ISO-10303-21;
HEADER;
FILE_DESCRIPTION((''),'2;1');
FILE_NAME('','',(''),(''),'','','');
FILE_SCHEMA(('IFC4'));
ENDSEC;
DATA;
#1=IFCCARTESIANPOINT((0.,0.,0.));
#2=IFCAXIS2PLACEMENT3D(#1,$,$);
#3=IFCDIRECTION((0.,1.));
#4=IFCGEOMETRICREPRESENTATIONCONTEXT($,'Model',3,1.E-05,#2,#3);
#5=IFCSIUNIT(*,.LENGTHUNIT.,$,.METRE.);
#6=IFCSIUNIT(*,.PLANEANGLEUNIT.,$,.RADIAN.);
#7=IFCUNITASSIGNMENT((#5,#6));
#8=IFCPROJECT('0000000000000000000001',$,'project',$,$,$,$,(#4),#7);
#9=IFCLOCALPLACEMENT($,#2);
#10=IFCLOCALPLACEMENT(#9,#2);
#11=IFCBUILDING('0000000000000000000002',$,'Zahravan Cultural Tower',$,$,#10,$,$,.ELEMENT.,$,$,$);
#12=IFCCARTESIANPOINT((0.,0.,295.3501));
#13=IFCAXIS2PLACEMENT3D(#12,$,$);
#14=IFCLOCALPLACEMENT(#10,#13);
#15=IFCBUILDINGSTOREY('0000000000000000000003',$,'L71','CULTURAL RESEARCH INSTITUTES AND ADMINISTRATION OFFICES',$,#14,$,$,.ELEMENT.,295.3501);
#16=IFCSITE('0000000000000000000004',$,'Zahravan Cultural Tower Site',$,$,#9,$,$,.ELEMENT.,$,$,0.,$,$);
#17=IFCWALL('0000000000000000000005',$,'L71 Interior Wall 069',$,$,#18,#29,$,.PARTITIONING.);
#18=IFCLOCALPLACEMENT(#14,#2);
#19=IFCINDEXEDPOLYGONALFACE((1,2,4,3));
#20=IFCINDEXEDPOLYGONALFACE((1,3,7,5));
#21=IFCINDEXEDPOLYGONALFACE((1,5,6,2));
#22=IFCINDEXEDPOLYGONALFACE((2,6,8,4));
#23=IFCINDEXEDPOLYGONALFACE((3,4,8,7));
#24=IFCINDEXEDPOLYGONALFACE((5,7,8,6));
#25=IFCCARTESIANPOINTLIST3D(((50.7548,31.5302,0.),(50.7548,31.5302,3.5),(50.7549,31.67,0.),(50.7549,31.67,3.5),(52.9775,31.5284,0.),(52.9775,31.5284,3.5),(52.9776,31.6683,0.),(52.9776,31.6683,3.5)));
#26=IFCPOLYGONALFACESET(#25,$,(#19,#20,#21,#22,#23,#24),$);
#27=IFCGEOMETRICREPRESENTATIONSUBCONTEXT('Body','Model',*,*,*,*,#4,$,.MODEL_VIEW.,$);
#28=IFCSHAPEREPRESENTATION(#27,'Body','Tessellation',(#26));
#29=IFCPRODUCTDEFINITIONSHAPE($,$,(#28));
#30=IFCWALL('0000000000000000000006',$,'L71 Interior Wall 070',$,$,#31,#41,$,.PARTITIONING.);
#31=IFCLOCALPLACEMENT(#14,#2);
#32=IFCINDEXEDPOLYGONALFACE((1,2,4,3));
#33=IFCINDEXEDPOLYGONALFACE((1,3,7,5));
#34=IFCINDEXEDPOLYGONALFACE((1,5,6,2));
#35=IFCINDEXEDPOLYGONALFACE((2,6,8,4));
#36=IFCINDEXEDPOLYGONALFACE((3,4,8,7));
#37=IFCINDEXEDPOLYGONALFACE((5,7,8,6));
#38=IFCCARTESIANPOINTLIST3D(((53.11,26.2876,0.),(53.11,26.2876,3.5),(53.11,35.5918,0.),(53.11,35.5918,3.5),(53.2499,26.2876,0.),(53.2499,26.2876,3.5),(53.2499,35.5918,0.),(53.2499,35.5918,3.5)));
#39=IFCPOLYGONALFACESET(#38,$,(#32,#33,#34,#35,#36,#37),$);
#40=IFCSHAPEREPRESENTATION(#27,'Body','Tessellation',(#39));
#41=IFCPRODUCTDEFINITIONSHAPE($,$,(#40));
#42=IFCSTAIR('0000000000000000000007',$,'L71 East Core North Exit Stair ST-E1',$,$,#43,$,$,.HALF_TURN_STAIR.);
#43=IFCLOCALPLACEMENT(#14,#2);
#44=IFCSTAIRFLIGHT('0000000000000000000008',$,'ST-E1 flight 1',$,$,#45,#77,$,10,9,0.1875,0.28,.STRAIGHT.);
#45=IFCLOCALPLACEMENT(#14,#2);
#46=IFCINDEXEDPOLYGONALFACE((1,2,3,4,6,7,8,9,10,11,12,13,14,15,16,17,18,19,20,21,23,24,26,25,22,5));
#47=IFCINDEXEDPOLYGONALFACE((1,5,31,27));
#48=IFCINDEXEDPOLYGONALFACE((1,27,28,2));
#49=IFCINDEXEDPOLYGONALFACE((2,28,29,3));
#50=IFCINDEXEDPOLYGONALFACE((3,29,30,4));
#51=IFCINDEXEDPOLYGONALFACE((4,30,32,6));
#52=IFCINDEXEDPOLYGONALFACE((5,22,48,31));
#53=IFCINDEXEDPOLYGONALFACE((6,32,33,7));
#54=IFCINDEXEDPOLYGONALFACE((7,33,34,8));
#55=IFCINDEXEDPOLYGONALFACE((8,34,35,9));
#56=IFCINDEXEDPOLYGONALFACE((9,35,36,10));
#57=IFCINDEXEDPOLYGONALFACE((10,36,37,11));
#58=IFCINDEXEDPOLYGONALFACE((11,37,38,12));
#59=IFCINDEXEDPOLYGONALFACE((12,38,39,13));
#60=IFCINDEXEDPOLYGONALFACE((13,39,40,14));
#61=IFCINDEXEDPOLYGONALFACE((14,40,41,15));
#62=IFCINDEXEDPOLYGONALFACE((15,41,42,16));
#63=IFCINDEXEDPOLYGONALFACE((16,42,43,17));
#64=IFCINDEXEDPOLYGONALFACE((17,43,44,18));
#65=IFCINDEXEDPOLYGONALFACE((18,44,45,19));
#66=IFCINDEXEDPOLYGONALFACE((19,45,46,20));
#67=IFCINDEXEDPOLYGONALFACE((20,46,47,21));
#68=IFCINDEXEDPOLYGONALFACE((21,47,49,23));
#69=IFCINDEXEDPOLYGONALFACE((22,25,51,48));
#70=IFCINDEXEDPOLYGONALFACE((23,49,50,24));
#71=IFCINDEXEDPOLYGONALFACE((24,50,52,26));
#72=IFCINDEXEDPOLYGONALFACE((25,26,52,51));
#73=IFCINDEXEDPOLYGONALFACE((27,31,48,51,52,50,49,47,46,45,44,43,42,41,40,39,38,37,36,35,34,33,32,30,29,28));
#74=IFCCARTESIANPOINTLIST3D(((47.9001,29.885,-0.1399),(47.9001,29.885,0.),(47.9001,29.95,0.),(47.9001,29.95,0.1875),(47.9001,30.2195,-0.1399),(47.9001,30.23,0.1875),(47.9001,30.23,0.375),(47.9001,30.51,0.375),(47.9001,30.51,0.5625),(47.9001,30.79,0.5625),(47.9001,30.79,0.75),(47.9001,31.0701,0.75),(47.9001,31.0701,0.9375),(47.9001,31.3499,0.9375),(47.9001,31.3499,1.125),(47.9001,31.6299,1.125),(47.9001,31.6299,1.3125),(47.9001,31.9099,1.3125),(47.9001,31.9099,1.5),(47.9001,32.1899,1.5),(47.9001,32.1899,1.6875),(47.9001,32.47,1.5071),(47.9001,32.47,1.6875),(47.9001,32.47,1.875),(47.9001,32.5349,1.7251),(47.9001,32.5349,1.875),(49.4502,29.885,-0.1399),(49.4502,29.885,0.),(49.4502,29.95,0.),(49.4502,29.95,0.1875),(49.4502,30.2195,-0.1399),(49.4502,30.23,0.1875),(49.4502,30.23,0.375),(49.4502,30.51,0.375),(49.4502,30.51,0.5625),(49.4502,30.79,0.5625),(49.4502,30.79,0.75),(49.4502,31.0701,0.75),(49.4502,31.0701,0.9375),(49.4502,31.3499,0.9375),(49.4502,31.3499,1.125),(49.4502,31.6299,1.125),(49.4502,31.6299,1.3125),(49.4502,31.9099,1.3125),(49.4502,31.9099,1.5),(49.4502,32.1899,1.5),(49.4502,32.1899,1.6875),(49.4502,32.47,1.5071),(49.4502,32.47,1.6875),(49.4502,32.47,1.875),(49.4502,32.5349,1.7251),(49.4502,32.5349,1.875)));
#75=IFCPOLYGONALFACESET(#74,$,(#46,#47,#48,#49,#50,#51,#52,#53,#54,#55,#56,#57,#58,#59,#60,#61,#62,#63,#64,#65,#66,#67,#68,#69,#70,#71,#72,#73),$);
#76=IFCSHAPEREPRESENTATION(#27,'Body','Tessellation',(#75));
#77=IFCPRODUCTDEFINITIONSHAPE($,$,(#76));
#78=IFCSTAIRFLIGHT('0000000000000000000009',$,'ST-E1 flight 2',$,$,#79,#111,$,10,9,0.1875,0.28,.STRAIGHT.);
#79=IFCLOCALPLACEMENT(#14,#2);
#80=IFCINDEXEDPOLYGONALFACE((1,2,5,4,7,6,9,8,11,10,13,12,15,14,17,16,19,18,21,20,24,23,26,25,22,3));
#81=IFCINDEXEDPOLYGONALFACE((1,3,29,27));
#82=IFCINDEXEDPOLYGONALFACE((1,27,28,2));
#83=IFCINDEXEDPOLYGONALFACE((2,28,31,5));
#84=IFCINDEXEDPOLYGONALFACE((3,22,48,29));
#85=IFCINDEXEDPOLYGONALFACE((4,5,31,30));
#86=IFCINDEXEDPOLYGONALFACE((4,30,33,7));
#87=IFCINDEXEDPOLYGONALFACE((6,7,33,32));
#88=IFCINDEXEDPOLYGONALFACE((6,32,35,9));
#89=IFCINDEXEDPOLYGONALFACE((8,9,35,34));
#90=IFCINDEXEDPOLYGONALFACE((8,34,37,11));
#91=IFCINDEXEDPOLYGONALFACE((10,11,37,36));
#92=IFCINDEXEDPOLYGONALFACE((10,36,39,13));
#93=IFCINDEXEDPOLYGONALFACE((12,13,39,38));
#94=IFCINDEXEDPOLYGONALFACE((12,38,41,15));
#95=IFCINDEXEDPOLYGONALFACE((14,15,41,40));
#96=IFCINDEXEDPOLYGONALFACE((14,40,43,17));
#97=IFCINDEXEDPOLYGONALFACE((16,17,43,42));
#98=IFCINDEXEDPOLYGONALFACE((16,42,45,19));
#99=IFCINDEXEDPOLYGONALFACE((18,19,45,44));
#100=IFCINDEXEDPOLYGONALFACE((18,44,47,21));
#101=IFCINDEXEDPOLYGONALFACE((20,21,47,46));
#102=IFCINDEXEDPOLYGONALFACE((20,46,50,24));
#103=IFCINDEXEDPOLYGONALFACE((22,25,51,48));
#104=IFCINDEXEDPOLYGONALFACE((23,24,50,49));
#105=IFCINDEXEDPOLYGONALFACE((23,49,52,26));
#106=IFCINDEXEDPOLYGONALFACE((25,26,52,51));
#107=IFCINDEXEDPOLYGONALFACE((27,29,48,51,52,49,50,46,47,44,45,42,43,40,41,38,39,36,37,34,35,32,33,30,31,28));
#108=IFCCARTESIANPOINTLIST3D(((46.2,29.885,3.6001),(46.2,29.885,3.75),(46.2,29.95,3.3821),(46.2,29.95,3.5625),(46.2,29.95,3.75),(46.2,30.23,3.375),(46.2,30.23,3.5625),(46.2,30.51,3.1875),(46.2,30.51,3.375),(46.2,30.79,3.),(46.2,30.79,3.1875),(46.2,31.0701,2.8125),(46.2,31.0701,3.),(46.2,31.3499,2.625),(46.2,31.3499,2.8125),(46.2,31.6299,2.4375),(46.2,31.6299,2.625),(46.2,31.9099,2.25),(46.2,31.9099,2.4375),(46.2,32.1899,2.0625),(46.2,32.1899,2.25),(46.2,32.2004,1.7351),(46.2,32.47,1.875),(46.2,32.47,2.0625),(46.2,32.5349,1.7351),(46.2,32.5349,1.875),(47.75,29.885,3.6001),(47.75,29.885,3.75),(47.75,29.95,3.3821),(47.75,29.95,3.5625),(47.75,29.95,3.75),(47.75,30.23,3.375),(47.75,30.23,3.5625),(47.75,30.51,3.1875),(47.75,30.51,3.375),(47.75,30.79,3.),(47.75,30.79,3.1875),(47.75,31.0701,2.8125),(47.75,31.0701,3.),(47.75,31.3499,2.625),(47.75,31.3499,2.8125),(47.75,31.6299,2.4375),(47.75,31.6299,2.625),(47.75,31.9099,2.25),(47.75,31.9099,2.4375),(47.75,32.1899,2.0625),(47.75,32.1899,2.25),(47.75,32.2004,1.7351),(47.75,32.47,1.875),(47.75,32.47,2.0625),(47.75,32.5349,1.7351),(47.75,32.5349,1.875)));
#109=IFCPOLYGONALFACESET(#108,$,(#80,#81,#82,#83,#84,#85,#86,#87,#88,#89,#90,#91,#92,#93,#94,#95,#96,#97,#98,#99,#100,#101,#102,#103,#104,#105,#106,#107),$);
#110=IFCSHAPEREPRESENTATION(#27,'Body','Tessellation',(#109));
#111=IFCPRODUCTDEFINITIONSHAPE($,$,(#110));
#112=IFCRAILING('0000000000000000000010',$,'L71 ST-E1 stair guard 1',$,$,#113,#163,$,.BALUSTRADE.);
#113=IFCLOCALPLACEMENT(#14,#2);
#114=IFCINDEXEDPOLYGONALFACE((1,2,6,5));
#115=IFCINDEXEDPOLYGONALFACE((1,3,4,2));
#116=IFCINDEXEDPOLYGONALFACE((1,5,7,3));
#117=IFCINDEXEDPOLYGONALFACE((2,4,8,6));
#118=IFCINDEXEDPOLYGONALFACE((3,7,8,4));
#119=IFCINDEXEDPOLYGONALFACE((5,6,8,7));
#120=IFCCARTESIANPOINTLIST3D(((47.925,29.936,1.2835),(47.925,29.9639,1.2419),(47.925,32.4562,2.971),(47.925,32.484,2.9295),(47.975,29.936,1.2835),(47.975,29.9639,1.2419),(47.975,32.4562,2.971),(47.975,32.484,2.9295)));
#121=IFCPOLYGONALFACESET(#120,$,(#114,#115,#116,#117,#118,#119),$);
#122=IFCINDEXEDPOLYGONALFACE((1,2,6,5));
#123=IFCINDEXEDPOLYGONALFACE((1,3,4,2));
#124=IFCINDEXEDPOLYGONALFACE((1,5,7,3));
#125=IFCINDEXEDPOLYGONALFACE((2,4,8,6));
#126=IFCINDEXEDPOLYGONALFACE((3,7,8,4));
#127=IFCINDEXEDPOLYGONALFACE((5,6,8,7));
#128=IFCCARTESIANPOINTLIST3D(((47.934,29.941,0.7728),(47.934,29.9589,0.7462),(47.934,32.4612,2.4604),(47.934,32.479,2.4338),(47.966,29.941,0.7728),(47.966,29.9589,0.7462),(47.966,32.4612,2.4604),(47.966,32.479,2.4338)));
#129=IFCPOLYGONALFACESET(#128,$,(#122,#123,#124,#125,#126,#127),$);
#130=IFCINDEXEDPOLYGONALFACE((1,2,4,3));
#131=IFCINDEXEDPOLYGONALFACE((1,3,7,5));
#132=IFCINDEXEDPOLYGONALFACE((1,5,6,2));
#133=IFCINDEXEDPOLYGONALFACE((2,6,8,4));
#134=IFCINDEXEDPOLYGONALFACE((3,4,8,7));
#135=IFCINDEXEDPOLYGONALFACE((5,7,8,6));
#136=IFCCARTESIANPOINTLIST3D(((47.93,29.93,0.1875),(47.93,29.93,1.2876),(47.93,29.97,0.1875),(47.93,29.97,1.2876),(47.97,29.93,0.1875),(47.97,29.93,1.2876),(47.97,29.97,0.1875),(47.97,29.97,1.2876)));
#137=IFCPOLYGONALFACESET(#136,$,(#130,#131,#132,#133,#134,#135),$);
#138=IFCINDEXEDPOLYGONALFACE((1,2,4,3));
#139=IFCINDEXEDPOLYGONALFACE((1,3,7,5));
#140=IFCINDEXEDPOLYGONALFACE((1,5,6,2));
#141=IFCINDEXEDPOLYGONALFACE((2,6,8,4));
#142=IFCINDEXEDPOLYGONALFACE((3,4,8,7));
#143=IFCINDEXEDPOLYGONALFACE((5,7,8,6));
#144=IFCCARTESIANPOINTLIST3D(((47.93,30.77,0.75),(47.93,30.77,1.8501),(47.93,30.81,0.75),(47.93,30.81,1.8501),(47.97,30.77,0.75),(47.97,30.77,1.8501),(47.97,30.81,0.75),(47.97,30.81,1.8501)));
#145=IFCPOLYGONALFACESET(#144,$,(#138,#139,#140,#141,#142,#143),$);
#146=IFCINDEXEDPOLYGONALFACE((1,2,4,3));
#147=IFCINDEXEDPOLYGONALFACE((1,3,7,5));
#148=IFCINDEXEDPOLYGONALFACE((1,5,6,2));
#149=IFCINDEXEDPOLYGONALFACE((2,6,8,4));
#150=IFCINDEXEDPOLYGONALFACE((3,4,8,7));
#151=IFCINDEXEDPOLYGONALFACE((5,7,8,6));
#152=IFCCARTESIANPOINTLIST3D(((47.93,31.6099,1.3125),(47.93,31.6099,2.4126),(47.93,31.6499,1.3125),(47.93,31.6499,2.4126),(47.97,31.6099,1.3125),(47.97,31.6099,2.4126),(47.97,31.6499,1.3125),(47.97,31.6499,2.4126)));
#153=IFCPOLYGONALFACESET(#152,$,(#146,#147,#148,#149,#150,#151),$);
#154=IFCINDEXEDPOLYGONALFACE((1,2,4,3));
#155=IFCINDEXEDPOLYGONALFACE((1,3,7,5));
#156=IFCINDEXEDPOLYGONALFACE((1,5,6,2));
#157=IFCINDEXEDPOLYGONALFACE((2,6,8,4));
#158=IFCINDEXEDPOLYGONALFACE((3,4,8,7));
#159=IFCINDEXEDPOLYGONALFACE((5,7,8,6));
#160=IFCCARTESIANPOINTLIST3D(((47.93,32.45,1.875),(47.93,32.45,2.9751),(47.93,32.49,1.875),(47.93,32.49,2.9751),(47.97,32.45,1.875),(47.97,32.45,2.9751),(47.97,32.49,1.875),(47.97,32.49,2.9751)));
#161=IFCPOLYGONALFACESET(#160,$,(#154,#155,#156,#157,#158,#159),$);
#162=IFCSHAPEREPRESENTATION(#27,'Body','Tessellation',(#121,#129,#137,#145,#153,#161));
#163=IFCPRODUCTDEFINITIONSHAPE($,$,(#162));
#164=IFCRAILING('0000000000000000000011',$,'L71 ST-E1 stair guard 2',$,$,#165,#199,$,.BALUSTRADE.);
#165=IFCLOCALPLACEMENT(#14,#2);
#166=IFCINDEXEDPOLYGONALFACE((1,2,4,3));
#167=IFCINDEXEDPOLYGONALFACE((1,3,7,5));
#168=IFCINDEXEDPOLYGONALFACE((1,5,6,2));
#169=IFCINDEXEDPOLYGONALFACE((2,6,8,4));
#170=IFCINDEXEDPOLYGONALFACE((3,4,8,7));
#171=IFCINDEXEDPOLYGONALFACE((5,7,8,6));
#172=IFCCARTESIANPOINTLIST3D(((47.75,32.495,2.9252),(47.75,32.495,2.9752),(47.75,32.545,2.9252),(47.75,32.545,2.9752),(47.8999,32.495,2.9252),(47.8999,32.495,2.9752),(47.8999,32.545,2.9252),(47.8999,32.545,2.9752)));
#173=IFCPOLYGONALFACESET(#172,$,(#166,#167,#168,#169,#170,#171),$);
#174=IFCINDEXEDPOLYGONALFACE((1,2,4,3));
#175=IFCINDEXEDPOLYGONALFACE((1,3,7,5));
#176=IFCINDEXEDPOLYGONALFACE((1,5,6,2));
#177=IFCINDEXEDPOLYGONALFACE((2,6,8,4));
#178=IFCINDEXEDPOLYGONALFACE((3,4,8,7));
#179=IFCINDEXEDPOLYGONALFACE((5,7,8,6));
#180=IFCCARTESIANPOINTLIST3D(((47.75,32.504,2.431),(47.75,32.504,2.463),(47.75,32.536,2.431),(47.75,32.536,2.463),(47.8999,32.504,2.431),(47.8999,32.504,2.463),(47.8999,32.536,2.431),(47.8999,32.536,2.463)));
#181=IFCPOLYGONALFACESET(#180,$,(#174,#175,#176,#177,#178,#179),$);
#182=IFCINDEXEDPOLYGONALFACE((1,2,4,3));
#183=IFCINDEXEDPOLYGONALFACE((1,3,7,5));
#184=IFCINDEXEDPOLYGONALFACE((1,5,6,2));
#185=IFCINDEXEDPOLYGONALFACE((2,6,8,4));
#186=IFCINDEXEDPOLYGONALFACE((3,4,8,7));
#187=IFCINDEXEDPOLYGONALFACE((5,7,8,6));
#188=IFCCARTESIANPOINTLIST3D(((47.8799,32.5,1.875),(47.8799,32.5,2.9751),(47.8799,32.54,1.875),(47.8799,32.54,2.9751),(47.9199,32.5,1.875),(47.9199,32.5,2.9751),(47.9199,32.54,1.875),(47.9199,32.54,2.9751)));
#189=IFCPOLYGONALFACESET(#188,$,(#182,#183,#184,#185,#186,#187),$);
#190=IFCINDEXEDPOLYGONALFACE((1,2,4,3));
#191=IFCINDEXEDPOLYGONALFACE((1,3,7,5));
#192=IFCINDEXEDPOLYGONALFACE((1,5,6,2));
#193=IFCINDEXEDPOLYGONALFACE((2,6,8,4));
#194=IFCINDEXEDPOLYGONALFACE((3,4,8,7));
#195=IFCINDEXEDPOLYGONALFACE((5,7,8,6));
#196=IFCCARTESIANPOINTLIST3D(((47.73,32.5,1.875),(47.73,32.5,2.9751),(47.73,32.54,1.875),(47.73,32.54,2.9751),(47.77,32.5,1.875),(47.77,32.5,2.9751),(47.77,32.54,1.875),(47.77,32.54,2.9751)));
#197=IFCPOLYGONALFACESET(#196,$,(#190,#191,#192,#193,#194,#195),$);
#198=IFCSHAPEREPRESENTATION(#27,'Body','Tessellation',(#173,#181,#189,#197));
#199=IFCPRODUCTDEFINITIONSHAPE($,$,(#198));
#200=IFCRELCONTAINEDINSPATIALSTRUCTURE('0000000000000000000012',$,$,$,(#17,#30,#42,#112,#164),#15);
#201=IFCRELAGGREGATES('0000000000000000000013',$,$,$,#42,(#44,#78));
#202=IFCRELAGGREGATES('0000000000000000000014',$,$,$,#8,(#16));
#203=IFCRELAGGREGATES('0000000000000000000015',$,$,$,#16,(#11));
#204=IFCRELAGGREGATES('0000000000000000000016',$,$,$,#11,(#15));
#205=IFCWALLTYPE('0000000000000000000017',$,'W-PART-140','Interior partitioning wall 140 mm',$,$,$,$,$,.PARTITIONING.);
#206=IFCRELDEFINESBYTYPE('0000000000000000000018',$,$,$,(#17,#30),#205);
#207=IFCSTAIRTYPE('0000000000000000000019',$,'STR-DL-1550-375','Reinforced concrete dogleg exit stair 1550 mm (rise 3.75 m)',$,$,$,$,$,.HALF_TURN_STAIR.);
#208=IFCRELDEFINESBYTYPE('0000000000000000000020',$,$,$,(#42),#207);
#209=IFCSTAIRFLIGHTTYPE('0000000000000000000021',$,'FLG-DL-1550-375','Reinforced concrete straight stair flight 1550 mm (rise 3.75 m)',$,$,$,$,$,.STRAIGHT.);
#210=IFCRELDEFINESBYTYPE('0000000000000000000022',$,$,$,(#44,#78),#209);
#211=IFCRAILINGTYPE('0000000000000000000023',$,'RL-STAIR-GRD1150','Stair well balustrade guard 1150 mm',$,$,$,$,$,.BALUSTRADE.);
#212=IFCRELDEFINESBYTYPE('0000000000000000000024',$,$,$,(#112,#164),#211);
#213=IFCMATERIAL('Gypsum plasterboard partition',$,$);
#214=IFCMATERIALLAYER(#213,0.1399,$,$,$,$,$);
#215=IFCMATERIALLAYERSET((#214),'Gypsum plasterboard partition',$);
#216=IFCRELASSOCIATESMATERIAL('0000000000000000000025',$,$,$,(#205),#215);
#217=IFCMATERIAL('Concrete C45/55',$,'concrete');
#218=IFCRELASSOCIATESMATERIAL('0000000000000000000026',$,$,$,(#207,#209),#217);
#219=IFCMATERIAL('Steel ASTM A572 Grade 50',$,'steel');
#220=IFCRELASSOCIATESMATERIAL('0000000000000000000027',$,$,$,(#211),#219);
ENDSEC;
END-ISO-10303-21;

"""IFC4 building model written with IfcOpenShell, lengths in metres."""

from ifc_helpers import new_model, si_unit, direction, frame, frame_2d, origin, origin_2d, place, context, subcontext, project, spatial, polyline, rectangle, outline, extrude, source, transform, mapped, material, layer, layer_set, type_object, element, aggregate, save


model = new_model("IFC4")

# Units and contexts
model_context = context("Model", 3, precision=1e-05, world=origin(), true_north=direction((0.0, 1.0)))
body_context = subcontext(model_context, "Body", "Model", "MODEL_VIEW")
ifc_project = project(units=[si_unit("LENGTHUNIT", "METRE"), si_unit("PLANEANGLEUNIT", "RADIAN")], contexts=[model_context])

# Site, building, storey
site_placement = place(None, origin())
site = spatial("IfcSite", under=ifc_project, at=site_placement, Name="Zahravan Cultural Tower Site", CompositionType="ELEMENT", RefElevation=0.0)
building_placement = place(site_placement, origin())
building = spatial("IfcBuilding", under=site, at=building_placement, Name="Zahravan Cultural Tower", CompositionType="ELEMENT")
storey_placement = place(building_placement, frame((0.0, 0.0, 295.3501)))
storey = spatial("IfcBuildingStorey", under=building, at=storey_placement, Name="L71", Description="CULTURAL RESEARCH INSTITUTES AND ADMINISTRATION OFFICES", CompositionType="ELEMENT", Elevation=295.3501)

# Walls
ifc_material_1 = material(Name="Concrete C45/55", Category="concrete")
ifc_material_2 = material(Name="Gypsum plasterboard partition")
ifc_layer_1 = layer(ifc_material_2, 0.1399)
ifc_layer_set_1 = layer_set([ifc_layer_1], Name="Gypsum plasterboard partition")
wall_type_1 = type_object("IfcWallType", Name="W-PART-140", Description="Interior partitioning wall 140 mm", PredefinedType="PARTITIONING", material=ifc_layer_set_1)
shared_shape_1 = source(origin(), body_context, "Body", "SweptSolid", [
    extrude(rectangle(XDim=2.2227, YDim=0.1399, at=frame_2d((1.1113, 0.0))), origin(), (0.0, 0.0, 1.0), 3.5),
])
wall_1_placement = place(storey_placement, frame((52.9775, 31.5984, 0.0), z_axis=(0.0, 0.0, 1.0), x_axis=(-1.0, 0.000769, 0.0)))
element("IfcWall", 1, at=wall_1_placement, inside=storey, type_object=wall_type_1, Name="L71 Interior Wall 069", PredefinedType="PARTITIONING", context=body_context, shape_type="MappedRepresentation", body=[
    mapped(shared_shape_1, transform((0.0, 0.0, 0.0), x_axis=(1.0, 0.0, 0.0), y_axis=(0.0, 1.0, 0.0), z_axis=(0.0, 0.0, 1.0), scale=1.0)),
])
shared_shape_2 = source(origin(), body_context, "Body", "SweptSolid", [
    extrude(rectangle(XDim=9.3042, YDim=0.1399, at=frame_2d((4.6521, 0.0))), origin(), (0.0, 0.0, 1.0), 3.5),
])
wall_2_placement = place(storey_placement, frame((53.1799, 35.5918, 0.0), z_axis=(0.0, 0.0, 1.0), x_axis=(0.0, -1.0, 0.0)))
element("IfcWall", 2, at=wall_2_placement, inside=storey, type_object=wall_type_1, Name="L71 Interior Wall 070", PredefinedType="PARTITIONING", context=body_context, shape_type="MappedRepresentation", body=[
    mapped(shared_shape_2, transform((0.0, 0.0, 0.0), x_axis=(1.0, 0.0, 0.0), y_axis=(0.0, 1.0, 0.0), z_axis=(0.0, 0.0, 1.0), scale=1.0)),
])

# Stair, stair flights
stair_type = type_object("IfcStairType", Name="STR-DL-1550-375", Description="Reinforced concrete dogleg exit stair 1550 mm (rise 3.75 m)", PredefinedType="HALF_TURN_STAIR", material=ifc_material_1)
stair_placement = place(storey_placement, origin())
stair = element("IfcStair", 3, at=stair_placement, inside=storey, type_object=stair_type, Name="L71 East Core North Exit Stair ST-E1", PredefinedType="HALF_TURN_STAIR")
stair_flight_type = type_object("IfcStairFlightType", Name="FLG-DL-1550-375", Description="Reinforced concrete straight stair flight 1550 mm (rise 3.75 m)", PredefinedType="STRAIGHT", material=ifc_material_1)
stair_flight_1_placement = place(storey_placement, frame((48.675, 29.95, 0.0), z_axis=(0.0, 0.0, 1.0), x_axis=(0.0, 1.0, 0.0)))
stair_flight_1 = element("IfcStairFlight", 4, at=stair_flight_1_placement, type_object=stair_flight_type, Name="ST-E1 flight 1", NumberOfRisers=10, NumberOfTreads=9, PredefinedType="STRAIGHT", RiserHeight=0.1875, TreadLength=0.28, context=body_context, shape_type="SweptSolid", body=[
    extrude(outline(polyline([(-0.0649, -0.1399), (-0.0649, 0.0), (0.0, 0.0), (0.0, 0.1875), (0.28, 0.1875), (0.28, 0.375), (0.5601, 0.375), (0.5601, 0.5625), (0.8401, 0.5625), (0.8401, 0.75), (1.1201, 0.75), (1.1201, 0.9375), (1.3999, 0.9375), (1.3999, 1.125), (1.6799, 1.125), (1.6799, 1.3125), (1.96, 1.3125), (1.96, 1.5), (2.24, 1.5), (2.24, 1.6875), (2.52, 1.6875), (2.52, 1.875), (2.585, 1.875), (2.585, 1.7251), (2.52, 1.5071), (0.2695, -0.1399), (-0.0649, -0.1399)])), frame((0.0, 0.7749, 0.0), z_axis=(0.0, -1.0, 0.0), x_axis=(1.0, 0.0, 0.0)), (0.0, 0.0, 1.0), 1.55),
])
stair_flight_2_placement = place(storey_placement, frame((46.9751, 32.47, 1.875), z_axis=(0.0, 0.0, 1.0), x_axis=(0.0, -1.0, 0.0)))
stair_flight_2 = element("IfcStairFlight", 5, at=stair_flight_2_placement, type_object=stair_flight_type, Name="ST-E1 flight 2", NumberOfRisers=10, NumberOfTreads=9, PredefinedType="STRAIGHT", RiserHeight=0.1875, TreadLength=0.28, context=body_context, shape_type="SweptSolid", body=[
    extrude(outline(polyline([(-0.0649, -0.1399), (-0.0649, 0.0), (0.0, 0.0), (0.0, 0.1875), (0.28, 0.1875), (0.28, 0.375), (0.5601, 0.375), (0.5601, 0.5625), (0.8401, 0.5625), (0.8401, 0.75), (1.1201, 0.75), (1.1201, 0.9375), (1.3999, 0.9375), (1.3999, 1.125), (1.6799, 1.125), (1.6799, 1.3125), (1.96, 1.3125), (1.96, 1.5), (2.24, 1.5), (2.24, 1.6875), (2.52, 1.6875), (2.52, 1.875), (2.585, 1.875), (2.585, 1.7251), (2.52, 1.5071), (0.2695, -0.1399), (-0.0649, -0.1399)])), frame((0.0, 0.7749, 0.0), z_axis=(0.0, -1.0, 0.0), x_axis=(1.0, 0.0, 0.0)), (0.0, 0.0, 1.0), 1.55),
])
aggregate(stair, [stair_flight_1, stair_flight_2])

# Railings
ifc_material_3 = material(Name="Steel ASTM A572 Grade 50", Category="steel")
railing_type_1 = type_object("IfcRailingType", Name="RL-STAIR-GRD1150", Description="Stair well balustrade guard 1150 mm", PredefinedType="BALUSTRADE", material=ifc_material_3)
railing_1_placement = place(storey_placement, frame((47.95, 29.95, 0.1875)))
element("IfcRailing", 6, at=railing_1_placement, inside=storey, type_object=railing_type_1, Name="L71 ST-E1 stair guard 1", PredefinedType="BALUSTRADE", context=body_context, shape_type="SweptSolid", body=[
    extrude(rectangle(XDim=0.05, YDim=0.05, at=origin_2d()), frame((0.0, 0.0, 1.0752), z_axis=(0.0, 0.830909, 0.556408), x_axis=(-1.0, 0.0, 0.0)), (0.0, 0.0, 1.0), 3.033),
    extrude(rectangle(XDim=0.032, YDim=0.032, at=origin_2d()), frame((0.0, 0.0, 0.572), z_axis=(0.0, 0.830909, 0.556408), x_axis=(-1.0, 0.0, 0.0)), (0.0, 0.0, 1.0), 3.033),
    extrude(rectangle(XDim=0.04, YDim=0.04, at=origin_2d()), origin(), (0.0, 0.0, 1.0), 1.1001),
    extrude(rectangle(XDim=0.04, YDim=0.04, at=origin_2d()), frame((0.0, 0.8401, 0.5625)), (0.0, 0.0, 1.0), 1.1001),
    extrude(rectangle(XDim=0.04, YDim=0.04, at=origin_2d()), frame((0.0, 1.6799, 1.125)), (0.0, 0.0, 1.0), 1.1001),
    extrude(rectangle(XDim=0.04, YDim=0.04, at=origin_2d()), frame((0.0, 2.52, 1.6875)), (0.0, 0.0, 1.0), 1.1001),
])
railing_2_placement = place(storey_placement, frame((47.8999, 32.52, 1.875)))
element("IfcRailing", 7, at=railing_2_placement, inside=storey, type_object=railing_type_1, Name="L71 ST-E1 stair guard 2", PredefinedType="BALUSTRADE", context=body_context, shape_type="SweptSolid", body=[
    extrude(rectangle(XDim=0.05, YDim=0.05, at=origin_2d()), frame((0.0, 0.0, 1.0752), z_axis=(-1.0, 0.0, 0.0), x_axis=(0.0, -1.0, 0.0)), (0.0, 0.0, 1.0), 0.1499),
    extrude(rectangle(XDim=0.032, YDim=0.032, at=origin_2d()), frame((0.0, 0.0, 0.572), z_axis=(-1.0, 0.0, 0.0), x_axis=(0.0, -1.0, 0.0)), (0.0, 0.0, 1.0), 0.1499),
    extrude(rectangle(XDim=0.04, YDim=0.04, at=origin_2d()), origin(), (0.0, 0.0, 1.0), 1.1001),
    extrude(rectangle(XDim=0.04, YDim=0.04, at=origin_2d()), frame((-0.1499, 0.0, 0.0)), (0.0, 0.0, 1.0), 1.1001),
])

save(model, "model.ifc")
